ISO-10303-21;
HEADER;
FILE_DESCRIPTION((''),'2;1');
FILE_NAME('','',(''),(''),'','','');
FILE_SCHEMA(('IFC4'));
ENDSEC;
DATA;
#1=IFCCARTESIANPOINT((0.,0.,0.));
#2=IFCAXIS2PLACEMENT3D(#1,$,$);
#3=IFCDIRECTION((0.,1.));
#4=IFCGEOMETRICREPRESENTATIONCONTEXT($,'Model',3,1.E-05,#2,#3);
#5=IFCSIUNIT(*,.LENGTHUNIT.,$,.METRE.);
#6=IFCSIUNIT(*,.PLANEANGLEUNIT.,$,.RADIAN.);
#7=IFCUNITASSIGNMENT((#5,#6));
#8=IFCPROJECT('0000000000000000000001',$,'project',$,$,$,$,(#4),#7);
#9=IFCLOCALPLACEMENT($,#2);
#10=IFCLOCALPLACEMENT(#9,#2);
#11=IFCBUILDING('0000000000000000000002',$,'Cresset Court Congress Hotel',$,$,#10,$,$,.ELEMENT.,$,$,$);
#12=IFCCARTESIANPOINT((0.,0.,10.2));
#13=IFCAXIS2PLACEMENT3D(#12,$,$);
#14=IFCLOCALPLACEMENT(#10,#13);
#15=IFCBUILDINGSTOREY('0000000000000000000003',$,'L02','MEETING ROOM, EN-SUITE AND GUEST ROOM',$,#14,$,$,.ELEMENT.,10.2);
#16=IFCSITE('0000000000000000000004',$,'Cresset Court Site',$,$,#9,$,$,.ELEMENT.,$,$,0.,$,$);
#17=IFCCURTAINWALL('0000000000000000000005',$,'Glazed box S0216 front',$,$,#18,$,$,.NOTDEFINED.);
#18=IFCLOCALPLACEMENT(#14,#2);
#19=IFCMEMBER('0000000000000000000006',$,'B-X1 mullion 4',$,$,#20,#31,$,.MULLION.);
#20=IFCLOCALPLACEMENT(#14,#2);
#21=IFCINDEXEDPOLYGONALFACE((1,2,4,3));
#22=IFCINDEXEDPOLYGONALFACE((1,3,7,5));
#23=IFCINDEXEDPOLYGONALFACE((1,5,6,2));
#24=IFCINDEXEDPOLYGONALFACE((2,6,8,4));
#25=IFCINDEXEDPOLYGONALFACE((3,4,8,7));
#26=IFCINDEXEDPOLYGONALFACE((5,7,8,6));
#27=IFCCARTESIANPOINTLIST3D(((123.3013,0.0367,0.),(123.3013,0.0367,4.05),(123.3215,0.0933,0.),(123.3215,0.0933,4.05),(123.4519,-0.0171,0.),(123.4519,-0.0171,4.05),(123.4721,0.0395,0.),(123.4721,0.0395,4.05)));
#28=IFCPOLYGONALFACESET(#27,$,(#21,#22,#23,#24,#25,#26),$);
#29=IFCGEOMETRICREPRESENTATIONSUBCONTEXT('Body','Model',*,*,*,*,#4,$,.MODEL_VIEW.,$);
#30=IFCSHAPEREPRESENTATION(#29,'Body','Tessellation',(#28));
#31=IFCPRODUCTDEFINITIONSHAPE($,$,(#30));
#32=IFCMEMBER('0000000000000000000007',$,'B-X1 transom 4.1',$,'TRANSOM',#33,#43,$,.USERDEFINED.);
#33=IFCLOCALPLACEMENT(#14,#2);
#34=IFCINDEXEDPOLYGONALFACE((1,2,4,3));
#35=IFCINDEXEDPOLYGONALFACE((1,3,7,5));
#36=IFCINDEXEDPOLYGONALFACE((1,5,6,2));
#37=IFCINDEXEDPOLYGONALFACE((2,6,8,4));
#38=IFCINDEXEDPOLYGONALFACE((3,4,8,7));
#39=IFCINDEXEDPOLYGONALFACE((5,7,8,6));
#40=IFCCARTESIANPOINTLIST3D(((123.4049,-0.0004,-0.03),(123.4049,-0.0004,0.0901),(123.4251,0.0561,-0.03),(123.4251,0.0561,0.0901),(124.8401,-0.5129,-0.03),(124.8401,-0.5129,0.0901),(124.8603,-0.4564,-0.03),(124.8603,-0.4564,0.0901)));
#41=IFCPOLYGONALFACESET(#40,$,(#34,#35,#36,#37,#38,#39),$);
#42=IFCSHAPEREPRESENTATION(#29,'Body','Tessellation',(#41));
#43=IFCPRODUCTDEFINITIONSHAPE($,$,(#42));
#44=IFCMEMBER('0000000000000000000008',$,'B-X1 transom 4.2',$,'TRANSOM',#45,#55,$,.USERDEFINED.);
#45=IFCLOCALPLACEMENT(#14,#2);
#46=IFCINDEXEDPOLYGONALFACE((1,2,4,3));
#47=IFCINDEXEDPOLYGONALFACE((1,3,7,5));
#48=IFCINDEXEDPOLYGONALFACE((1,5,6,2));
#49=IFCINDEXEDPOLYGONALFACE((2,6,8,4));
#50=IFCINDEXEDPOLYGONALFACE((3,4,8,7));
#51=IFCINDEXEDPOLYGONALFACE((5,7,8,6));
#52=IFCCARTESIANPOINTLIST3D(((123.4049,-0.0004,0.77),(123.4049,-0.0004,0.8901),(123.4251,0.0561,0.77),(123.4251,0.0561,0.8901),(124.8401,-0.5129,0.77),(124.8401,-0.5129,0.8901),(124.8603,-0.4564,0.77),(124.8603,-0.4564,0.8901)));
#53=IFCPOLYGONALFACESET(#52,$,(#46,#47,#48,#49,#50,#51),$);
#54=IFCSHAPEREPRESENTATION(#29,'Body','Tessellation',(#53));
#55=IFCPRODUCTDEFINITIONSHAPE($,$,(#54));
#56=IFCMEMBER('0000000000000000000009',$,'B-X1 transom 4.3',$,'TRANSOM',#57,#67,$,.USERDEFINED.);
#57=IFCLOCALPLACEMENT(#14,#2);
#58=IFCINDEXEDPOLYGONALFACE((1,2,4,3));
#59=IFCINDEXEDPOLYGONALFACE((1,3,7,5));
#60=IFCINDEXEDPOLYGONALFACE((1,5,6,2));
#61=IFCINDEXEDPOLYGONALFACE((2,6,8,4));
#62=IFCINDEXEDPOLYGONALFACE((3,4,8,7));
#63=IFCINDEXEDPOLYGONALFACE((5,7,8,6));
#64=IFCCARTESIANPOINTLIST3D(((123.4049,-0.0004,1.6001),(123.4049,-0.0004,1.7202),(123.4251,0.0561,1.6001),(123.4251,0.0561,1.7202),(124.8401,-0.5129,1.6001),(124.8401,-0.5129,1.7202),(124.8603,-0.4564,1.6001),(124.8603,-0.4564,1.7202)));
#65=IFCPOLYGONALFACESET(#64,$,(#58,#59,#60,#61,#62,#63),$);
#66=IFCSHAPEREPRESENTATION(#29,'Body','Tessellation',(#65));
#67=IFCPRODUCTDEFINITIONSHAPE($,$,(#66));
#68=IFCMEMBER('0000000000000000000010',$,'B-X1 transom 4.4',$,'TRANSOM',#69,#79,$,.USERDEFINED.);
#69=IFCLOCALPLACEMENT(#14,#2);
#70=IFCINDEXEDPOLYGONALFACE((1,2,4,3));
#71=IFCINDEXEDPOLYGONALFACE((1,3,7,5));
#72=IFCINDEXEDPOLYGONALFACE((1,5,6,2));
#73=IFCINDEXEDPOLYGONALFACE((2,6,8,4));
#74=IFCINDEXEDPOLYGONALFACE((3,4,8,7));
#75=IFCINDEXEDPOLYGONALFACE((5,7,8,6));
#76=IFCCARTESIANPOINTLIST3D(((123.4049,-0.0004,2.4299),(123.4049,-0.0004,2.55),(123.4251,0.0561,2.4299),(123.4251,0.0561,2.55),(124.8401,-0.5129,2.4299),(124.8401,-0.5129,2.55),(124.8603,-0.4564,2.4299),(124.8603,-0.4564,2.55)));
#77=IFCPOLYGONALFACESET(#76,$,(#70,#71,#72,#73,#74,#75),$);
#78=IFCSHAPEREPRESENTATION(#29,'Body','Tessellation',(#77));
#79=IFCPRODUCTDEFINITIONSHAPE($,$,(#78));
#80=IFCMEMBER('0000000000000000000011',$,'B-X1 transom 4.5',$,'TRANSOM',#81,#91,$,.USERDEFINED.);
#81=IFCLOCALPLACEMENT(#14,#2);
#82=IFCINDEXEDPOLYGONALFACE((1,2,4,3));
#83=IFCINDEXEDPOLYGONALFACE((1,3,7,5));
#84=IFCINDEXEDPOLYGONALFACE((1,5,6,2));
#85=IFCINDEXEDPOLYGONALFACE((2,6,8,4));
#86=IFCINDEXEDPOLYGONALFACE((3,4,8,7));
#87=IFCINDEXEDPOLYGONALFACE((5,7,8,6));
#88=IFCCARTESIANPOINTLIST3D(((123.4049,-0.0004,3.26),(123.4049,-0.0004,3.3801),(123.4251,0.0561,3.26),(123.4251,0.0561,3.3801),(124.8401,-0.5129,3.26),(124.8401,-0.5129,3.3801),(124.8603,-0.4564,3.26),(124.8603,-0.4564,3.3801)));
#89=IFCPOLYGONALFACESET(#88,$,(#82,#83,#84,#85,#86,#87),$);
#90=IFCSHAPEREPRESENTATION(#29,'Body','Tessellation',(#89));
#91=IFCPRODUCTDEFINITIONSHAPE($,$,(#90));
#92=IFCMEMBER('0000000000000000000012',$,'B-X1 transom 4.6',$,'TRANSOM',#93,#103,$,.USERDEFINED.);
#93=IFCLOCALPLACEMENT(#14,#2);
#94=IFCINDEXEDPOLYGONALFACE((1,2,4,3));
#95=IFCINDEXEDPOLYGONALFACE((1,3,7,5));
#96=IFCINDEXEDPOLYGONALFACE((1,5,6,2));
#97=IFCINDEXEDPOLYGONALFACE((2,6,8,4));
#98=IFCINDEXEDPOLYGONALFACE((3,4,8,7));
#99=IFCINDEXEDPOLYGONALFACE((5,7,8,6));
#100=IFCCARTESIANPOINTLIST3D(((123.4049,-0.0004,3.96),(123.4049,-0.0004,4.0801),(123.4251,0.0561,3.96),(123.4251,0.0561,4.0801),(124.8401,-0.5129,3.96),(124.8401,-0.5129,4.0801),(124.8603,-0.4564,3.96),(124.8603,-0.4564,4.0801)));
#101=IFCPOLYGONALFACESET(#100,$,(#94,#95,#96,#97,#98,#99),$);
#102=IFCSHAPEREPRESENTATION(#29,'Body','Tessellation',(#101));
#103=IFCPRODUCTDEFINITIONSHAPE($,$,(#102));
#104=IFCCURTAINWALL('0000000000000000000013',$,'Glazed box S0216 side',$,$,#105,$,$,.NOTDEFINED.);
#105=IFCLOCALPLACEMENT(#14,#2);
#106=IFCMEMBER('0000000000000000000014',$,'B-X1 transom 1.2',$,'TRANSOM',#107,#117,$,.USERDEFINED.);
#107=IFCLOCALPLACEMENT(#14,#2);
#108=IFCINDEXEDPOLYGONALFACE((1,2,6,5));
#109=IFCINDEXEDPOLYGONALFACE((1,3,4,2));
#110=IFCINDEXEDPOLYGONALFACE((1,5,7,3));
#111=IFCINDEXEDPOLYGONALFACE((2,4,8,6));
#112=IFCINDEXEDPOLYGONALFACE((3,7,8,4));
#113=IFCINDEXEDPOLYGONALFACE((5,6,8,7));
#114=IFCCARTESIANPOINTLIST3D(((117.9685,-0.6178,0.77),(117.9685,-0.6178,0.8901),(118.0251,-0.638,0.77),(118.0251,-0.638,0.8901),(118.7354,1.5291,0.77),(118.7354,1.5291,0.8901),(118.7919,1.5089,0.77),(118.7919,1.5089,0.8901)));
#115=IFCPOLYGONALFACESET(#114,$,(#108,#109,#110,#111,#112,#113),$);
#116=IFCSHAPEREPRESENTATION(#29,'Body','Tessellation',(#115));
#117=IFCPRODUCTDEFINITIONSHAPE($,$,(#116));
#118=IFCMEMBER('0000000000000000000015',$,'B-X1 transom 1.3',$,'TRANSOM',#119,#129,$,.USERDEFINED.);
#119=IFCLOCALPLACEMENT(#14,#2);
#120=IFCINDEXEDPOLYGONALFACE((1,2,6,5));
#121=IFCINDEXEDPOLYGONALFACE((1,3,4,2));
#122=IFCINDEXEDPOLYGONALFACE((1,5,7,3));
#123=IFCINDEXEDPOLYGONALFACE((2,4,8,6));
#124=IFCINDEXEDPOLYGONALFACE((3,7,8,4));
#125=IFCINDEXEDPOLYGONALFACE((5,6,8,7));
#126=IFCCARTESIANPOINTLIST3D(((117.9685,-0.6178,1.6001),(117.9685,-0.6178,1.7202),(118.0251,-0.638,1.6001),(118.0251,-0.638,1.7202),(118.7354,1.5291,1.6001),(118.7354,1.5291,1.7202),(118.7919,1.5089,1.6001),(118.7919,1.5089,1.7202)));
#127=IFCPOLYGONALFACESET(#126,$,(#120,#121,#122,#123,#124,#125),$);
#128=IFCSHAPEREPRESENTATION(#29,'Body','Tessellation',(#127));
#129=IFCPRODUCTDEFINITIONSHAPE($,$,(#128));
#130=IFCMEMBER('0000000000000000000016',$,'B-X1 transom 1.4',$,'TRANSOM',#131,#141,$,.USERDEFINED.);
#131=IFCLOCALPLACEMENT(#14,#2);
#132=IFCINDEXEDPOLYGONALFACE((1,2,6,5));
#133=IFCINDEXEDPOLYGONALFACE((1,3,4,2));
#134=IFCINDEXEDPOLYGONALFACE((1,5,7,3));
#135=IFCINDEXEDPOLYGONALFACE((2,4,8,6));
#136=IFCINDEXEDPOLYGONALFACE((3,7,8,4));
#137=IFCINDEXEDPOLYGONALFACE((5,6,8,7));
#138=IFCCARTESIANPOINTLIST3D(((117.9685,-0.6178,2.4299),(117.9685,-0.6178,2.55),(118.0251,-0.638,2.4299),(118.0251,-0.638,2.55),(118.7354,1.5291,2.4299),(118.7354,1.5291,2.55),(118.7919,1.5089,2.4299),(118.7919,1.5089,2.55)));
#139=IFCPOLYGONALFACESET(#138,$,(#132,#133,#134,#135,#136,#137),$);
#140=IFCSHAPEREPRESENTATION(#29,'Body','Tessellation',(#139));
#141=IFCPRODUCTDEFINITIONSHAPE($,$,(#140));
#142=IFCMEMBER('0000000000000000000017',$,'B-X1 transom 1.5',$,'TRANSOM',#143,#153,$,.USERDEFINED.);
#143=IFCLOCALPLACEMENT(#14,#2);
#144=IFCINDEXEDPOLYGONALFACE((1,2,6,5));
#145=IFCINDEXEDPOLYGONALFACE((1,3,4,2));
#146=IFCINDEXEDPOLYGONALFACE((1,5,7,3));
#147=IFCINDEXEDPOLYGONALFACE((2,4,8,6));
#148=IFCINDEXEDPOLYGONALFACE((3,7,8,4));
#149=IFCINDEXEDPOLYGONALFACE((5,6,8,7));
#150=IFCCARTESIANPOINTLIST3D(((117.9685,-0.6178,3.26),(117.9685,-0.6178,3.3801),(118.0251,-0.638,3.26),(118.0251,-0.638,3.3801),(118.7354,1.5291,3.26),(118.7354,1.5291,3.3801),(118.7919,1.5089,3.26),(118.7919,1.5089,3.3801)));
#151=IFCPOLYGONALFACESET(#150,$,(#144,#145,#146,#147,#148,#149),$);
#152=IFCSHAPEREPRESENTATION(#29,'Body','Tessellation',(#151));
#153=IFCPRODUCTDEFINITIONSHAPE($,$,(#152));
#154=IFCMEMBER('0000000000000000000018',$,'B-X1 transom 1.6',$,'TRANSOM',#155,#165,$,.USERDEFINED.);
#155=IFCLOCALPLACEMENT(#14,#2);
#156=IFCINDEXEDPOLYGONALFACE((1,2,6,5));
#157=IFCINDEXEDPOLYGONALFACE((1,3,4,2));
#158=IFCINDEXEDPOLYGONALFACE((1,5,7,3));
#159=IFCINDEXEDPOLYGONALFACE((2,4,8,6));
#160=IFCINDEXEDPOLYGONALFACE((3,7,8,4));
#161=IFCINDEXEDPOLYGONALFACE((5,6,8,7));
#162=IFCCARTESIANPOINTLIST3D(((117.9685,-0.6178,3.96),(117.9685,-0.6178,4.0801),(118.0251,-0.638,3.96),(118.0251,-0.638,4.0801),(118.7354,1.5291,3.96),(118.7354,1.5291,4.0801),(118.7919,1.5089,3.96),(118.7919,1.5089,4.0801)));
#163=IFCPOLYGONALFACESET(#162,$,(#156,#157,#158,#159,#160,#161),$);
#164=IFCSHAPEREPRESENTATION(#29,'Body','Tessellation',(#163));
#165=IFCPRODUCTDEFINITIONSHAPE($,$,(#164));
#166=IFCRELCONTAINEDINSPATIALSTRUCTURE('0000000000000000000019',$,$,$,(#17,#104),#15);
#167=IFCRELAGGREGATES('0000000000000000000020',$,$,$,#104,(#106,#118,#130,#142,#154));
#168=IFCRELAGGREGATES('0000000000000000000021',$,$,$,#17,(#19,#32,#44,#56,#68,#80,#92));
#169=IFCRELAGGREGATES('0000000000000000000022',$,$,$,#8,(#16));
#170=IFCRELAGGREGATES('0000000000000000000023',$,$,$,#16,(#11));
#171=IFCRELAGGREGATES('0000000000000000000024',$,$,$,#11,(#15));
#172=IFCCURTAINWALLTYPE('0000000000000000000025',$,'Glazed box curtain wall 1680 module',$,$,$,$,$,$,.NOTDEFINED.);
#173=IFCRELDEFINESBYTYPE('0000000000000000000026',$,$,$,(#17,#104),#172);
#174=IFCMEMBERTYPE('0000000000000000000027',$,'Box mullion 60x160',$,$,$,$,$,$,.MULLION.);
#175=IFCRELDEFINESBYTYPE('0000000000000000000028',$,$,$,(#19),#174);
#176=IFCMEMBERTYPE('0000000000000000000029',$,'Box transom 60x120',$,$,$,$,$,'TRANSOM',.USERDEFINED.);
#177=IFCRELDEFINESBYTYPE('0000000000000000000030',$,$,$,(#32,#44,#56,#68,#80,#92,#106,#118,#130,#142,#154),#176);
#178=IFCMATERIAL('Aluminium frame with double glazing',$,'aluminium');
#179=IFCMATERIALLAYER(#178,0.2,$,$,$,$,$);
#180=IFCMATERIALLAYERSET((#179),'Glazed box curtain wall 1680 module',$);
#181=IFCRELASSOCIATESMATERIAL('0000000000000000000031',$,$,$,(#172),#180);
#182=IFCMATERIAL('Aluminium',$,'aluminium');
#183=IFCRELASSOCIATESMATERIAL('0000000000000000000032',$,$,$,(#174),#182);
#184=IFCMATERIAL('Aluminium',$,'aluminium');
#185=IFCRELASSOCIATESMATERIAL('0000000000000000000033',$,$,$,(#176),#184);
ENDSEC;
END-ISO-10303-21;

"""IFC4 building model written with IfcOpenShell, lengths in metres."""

from ifc_helpers import new_model, si_unit, direction, frame, origin, origin_2d, place, context, subcontext, project, spatial, rectangle, extrude, material, layer, layer_set, material_profile, profile_set, type_object, element, aggregate, save


model = new_model("IFC4")

# Units and contexts
model_context = context("Model", 3, precision=1e-05, world=origin(), true_north=direction((0.0, 1.0)))
body_context = subcontext(model_context, "Body", "Model", "MODEL_VIEW")
ifc_project = project(units=[si_unit("LENGTHUNIT", "METRE"), si_unit("PLANEANGLEUNIT", "RADIAN")], contexts=[model_context])

# Site, building, storey
site_placement = place(None, origin())
site = spatial("IfcSite", under=ifc_project, at=site_placement, Name="Cresset Court Site", CompositionType="ELEMENT", RefElevation=0.0)
building_placement = place(site_placement, origin())
building = spatial("IfcBuilding", under=site, at=building_placement, Name="Cresset Court Congress Hotel", CompositionType="ELEMENT")
storey_placement = place(building_placement, frame((0.0, 0.0, 10.2)))
storey = spatial("IfcBuildingStorey", under=building, at=storey_placement, Name="L02", Description="MEETING ROOM, EN-SUITE AND GUEST ROOM", CompositionType="ELEMENT", Elevation=10.2)

# Curtain walls, members
ifc_material_1 = material(Name="Aluminium frame with double glazing", Category="aluminium")
ifc_layer_1 = layer(ifc_material_1, 0.2)
ifc_layer_set_1 = layer_set([ifc_layer_1], Name="Glazed box curtain wall 1680 module")
curtain_wall_type = type_object("IfcCurtainWallType", Name="Glazed box curtain wall 1680 module", PredefinedType="NOTDEFINED", material=ifc_layer_set_1)
curtain_wall_1_placement = place(storey_placement, origin())
curtain_wall_1 = element("IfcCurtainWall", 1, at=curtain_wall_1_placement, inside=storey, type_object=curtain_wall_type, Name="Glazed box S0216 front", PredefinedType="NOTDEFINED")
ifc_material_2 = material(Name="Aluminium", Category="aluminium")
ifc_material_profile_1 = material_profile(ifc_material_2, rectangle(XDim=0.0601, YDim=0.1599, at=origin_2d()), Name="Box mullion 60x160")
ifc_profile_set_1 = profile_set([ifc_material_profile_1], Name="Aluminium")
member_type_1 = type_object("IfcMemberType", Name="Box mullion 60x160", PredefinedType="MULLION", material=ifc_profile_set_1)
member_1_placement = place(storey_placement, frame((123.3867, 0.0381, 0.0), z_axis=(0.0, 0.0, 1.0), x_axis=(0.336336, 0.941742, 0.0)))
member_1 = element("IfcMember", 2, at=member_1_placement, type_object=member_type_1, Name="B-X1 mullion 4", PredefinedType="MULLION", context=body_context, shape_type="SweptSolid", body=[
    extrude(rectangle(XDim=0.0601, YDim=0.1599, at=origin_2d()), origin(), (0.0, 0.0, 1.0), 4.05),
])
ifc_material_3 = material(Name="Aluminium", Category="aluminium")
ifc_material_profile_2 = material_profile(ifc_material_3, rectangle(XDim=0.0601, YDim=0.1201, at=origin_2d()), Name="Box transom 60x120")
ifc_profile_set_2 = profile_set([ifc_material_profile_2], Name="Aluminium")
member_type_2 = type_object("IfcMemberType", Name="Box transom 60x120", ElementType="TRANSOM", PredefinedType="USERDEFINED", material=ifc_profile_set_2)
member_2_placement = place(storey_placement, frame((123.415, 0.0278, 0.03), z_axis=(0.941756, -0.336296, 0.0), x_axis=(0.336296, 0.941756, 0.0)))
member_2 = element("IfcMember", 3, at=member_2_placement, type_object=member_type_2, Name="B-X1 transom 4.1", ObjectType="TRANSOM", PredefinedType="USERDEFINED", context=body_context, shape_type="SweptSolid", body=[
    extrude(rectangle(XDim=0.0601, YDim=0.1201, at=origin_2d()), origin(), (0.0, 0.0, 1.0), 1.5239),
])
member_3_placement = place(storey_placement, frame((123.415, 0.0278, 0.8301), z_axis=(0.941756, -0.336296, 0.0), x_axis=(0.336296, 0.941756, 0.0)))
member_3 = element("IfcMember", 4, at=member_3_placement, type_object=member_type_2, Name="B-X1 transom 4.2", ObjectType="TRANSOM", PredefinedType="USERDEFINED", context=body_context, shape_type="SweptSolid", body=[
    extrude(rectangle(XDim=0.0601, YDim=0.1201, at=origin_2d()), origin(), (0.0, 0.0, 1.0), 1.5239),
])
member_4_placement = place(storey_placement, frame((123.415, 0.0278, 1.6602), z_axis=(0.941756, -0.336296, 0.0), x_axis=(0.336296, 0.941756, 0.0)))
member_4 = element("IfcMember", 5, at=member_4_placement, type_object=member_type_2, Name="B-X1 transom 4.3", ObjectType="TRANSOM", PredefinedType="USERDEFINED", context=body_context, shape_type="SweptSolid", body=[
    extrude(rectangle(XDim=0.0601, YDim=0.1201, at=origin_2d()), origin(), (0.0, 0.0, 1.0), 1.5239),
])
member_5_placement = place(storey_placement, frame((123.415, 0.0278, 2.49), z_axis=(0.941756, -0.336296, 0.0), x_axis=(0.336296, 0.941756, 0.0)))
member_5 = element("IfcMember", 6, at=member_5_placement, type_object=member_type_2, Name="B-X1 transom 4.4", ObjectType="TRANSOM", PredefinedType="USERDEFINED", context=body_context, shape_type="SweptSolid", body=[
    extrude(rectangle(XDim=0.0601, YDim=0.1201, at=origin_2d()), origin(), (0.0, 0.0, 1.0), 1.5239),
])
member_6_placement = place(storey_placement, frame((123.415, 0.0278, 3.3201), z_axis=(0.941756, -0.336296, 0.0), x_axis=(0.336296, 0.941756, 0.0)))
member_6 = element("IfcMember", 7, at=member_6_placement, type_object=member_type_2, Name="B-X1 transom 4.5", ObjectType="TRANSOM", PredefinedType="USERDEFINED", context=body_context, shape_type="SweptSolid", body=[
    extrude(rectangle(XDim=0.0601, YDim=0.1201, at=origin_2d()), origin(), (0.0, 0.0, 1.0), 1.5239),
])
member_7_placement = place(storey_placement, frame((123.415, 0.0278, 4.02), z_axis=(0.941756, -0.336296, 0.0), x_axis=(0.336296, 0.941756, 0.0)))
member_7 = element("IfcMember", 8, at=member_7_placement, type_object=member_type_2, Name="B-X1 transom 4.6", ObjectType="TRANSOM", PredefinedType="USERDEFINED", context=body_context, shape_type="SweptSolid", body=[
    extrude(rectangle(XDim=0.0601, YDim=0.1201, at=origin_2d()), origin(), (0.0, 0.0, 1.0), 1.5239),
])
curtain_wall_2_placement = place(storey_placement, origin())
curtain_wall_2 = element("IfcCurtainWall", 9, at=curtain_wall_2_placement, inside=storey, type_object=curtain_wall_type, Name="Glazed box S0216 side", PredefinedType="NOTDEFINED")
member_8_placement = place(storey_placement, frame((117.9968, -0.6279, 0.8301), z_axis=(0.336364, 0.941732, 0.0), x_axis=(-0.941732, 0.336364, 0.0)))
member_8 = element("IfcMember", 10, at=member_8_placement, type_object=member_type_2, Name="B-X1 transom 1.2", ObjectType="TRANSOM", PredefinedType="USERDEFINED", context=body_context, shape_type="SweptSolid", body=[
    extrude(rectangle(XDim=0.0601, YDim=0.1201, at=origin_2d()), origin(), (0.0, 0.0, 1.0), 2.2798),
])
member_9_placement = place(storey_placement, frame((117.9968, -0.6279, 1.6602), z_axis=(0.336364, 0.941732, 0.0), x_axis=(-0.941732, 0.336364, 0.0)))
member_9 = element("IfcMember", 11, at=member_9_placement, type_object=member_type_2, Name="B-X1 transom 1.3", ObjectType="TRANSOM", PredefinedType="USERDEFINED", context=body_context, shape_type="SweptSolid", body=[
    extrude(rectangle(XDim=0.0601, YDim=0.1201, at=origin_2d()), origin(), (0.0, 0.0, 1.0), 2.2798),
])
member_10_placement = place(storey_placement, frame((117.9968, -0.6279, 2.49), z_axis=(0.336364, 0.941732, 0.0), x_axis=(-0.941732, 0.336364, 0.0)))
member_10 = element("IfcMember", 12, at=member_10_placement, type_object=member_type_2, Name="B-X1 transom 1.4", ObjectType="TRANSOM", PredefinedType="USERDEFINED", context=body_context, shape_type="SweptSolid", body=[
    extrude(rectangle(XDim=0.0601, YDim=0.1201, at=origin_2d()), origin(), (0.0, 0.0, 1.0), 2.2798),
])
member_11_placement = place(storey_placement, frame((117.9968, -0.6279, 3.3201), z_axis=(0.336364, 0.941732, 0.0), x_axis=(-0.941732, 0.336364, 0.0)))
member_11 = element("IfcMember", 13, at=member_11_placement, type_object=member_type_2, Name="B-X1 transom 1.5", ObjectType="TRANSOM", PredefinedType="USERDEFINED", context=body_context, shape_type="SweptSolid", body=[
    extrude(rectangle(XDim=0.0601, YDim=0.1201, at=origin_2d()), origin(), (0.0, 0.0, 1.0), 2.2798),
])
member_12_placement = place(storey_placement, frame((117.9968, -0.6279, 4.02), z_axis=(0.336364, 0.941732, 0.0), x_axis=(-0.941732, 0.336364, 0.0)))
member_12 = element("IfcMember", 14, at=member_12_placement, type_object=member_type_2, Name="B-X1 transom 1.6", ObjectType="TRANSOM", PredefinedType="USERDEFINED", context=body_context, shape_type="SweptSolid", body=[
    extrude(rectangle(XDim=0.0601, YDim=0.1201, at=origin_2d()), origin(), (0.0, 0.0, 1.0), 2.2798),
])

aggregate(curtain_wall_2, [member_8, member_9, member_10, member_11, member_12])
aggregate(curtain_wall_1, [member_1, member_2, member_3, member_4, member_5, member_6, member_7])

save(model, "model.ifc")
